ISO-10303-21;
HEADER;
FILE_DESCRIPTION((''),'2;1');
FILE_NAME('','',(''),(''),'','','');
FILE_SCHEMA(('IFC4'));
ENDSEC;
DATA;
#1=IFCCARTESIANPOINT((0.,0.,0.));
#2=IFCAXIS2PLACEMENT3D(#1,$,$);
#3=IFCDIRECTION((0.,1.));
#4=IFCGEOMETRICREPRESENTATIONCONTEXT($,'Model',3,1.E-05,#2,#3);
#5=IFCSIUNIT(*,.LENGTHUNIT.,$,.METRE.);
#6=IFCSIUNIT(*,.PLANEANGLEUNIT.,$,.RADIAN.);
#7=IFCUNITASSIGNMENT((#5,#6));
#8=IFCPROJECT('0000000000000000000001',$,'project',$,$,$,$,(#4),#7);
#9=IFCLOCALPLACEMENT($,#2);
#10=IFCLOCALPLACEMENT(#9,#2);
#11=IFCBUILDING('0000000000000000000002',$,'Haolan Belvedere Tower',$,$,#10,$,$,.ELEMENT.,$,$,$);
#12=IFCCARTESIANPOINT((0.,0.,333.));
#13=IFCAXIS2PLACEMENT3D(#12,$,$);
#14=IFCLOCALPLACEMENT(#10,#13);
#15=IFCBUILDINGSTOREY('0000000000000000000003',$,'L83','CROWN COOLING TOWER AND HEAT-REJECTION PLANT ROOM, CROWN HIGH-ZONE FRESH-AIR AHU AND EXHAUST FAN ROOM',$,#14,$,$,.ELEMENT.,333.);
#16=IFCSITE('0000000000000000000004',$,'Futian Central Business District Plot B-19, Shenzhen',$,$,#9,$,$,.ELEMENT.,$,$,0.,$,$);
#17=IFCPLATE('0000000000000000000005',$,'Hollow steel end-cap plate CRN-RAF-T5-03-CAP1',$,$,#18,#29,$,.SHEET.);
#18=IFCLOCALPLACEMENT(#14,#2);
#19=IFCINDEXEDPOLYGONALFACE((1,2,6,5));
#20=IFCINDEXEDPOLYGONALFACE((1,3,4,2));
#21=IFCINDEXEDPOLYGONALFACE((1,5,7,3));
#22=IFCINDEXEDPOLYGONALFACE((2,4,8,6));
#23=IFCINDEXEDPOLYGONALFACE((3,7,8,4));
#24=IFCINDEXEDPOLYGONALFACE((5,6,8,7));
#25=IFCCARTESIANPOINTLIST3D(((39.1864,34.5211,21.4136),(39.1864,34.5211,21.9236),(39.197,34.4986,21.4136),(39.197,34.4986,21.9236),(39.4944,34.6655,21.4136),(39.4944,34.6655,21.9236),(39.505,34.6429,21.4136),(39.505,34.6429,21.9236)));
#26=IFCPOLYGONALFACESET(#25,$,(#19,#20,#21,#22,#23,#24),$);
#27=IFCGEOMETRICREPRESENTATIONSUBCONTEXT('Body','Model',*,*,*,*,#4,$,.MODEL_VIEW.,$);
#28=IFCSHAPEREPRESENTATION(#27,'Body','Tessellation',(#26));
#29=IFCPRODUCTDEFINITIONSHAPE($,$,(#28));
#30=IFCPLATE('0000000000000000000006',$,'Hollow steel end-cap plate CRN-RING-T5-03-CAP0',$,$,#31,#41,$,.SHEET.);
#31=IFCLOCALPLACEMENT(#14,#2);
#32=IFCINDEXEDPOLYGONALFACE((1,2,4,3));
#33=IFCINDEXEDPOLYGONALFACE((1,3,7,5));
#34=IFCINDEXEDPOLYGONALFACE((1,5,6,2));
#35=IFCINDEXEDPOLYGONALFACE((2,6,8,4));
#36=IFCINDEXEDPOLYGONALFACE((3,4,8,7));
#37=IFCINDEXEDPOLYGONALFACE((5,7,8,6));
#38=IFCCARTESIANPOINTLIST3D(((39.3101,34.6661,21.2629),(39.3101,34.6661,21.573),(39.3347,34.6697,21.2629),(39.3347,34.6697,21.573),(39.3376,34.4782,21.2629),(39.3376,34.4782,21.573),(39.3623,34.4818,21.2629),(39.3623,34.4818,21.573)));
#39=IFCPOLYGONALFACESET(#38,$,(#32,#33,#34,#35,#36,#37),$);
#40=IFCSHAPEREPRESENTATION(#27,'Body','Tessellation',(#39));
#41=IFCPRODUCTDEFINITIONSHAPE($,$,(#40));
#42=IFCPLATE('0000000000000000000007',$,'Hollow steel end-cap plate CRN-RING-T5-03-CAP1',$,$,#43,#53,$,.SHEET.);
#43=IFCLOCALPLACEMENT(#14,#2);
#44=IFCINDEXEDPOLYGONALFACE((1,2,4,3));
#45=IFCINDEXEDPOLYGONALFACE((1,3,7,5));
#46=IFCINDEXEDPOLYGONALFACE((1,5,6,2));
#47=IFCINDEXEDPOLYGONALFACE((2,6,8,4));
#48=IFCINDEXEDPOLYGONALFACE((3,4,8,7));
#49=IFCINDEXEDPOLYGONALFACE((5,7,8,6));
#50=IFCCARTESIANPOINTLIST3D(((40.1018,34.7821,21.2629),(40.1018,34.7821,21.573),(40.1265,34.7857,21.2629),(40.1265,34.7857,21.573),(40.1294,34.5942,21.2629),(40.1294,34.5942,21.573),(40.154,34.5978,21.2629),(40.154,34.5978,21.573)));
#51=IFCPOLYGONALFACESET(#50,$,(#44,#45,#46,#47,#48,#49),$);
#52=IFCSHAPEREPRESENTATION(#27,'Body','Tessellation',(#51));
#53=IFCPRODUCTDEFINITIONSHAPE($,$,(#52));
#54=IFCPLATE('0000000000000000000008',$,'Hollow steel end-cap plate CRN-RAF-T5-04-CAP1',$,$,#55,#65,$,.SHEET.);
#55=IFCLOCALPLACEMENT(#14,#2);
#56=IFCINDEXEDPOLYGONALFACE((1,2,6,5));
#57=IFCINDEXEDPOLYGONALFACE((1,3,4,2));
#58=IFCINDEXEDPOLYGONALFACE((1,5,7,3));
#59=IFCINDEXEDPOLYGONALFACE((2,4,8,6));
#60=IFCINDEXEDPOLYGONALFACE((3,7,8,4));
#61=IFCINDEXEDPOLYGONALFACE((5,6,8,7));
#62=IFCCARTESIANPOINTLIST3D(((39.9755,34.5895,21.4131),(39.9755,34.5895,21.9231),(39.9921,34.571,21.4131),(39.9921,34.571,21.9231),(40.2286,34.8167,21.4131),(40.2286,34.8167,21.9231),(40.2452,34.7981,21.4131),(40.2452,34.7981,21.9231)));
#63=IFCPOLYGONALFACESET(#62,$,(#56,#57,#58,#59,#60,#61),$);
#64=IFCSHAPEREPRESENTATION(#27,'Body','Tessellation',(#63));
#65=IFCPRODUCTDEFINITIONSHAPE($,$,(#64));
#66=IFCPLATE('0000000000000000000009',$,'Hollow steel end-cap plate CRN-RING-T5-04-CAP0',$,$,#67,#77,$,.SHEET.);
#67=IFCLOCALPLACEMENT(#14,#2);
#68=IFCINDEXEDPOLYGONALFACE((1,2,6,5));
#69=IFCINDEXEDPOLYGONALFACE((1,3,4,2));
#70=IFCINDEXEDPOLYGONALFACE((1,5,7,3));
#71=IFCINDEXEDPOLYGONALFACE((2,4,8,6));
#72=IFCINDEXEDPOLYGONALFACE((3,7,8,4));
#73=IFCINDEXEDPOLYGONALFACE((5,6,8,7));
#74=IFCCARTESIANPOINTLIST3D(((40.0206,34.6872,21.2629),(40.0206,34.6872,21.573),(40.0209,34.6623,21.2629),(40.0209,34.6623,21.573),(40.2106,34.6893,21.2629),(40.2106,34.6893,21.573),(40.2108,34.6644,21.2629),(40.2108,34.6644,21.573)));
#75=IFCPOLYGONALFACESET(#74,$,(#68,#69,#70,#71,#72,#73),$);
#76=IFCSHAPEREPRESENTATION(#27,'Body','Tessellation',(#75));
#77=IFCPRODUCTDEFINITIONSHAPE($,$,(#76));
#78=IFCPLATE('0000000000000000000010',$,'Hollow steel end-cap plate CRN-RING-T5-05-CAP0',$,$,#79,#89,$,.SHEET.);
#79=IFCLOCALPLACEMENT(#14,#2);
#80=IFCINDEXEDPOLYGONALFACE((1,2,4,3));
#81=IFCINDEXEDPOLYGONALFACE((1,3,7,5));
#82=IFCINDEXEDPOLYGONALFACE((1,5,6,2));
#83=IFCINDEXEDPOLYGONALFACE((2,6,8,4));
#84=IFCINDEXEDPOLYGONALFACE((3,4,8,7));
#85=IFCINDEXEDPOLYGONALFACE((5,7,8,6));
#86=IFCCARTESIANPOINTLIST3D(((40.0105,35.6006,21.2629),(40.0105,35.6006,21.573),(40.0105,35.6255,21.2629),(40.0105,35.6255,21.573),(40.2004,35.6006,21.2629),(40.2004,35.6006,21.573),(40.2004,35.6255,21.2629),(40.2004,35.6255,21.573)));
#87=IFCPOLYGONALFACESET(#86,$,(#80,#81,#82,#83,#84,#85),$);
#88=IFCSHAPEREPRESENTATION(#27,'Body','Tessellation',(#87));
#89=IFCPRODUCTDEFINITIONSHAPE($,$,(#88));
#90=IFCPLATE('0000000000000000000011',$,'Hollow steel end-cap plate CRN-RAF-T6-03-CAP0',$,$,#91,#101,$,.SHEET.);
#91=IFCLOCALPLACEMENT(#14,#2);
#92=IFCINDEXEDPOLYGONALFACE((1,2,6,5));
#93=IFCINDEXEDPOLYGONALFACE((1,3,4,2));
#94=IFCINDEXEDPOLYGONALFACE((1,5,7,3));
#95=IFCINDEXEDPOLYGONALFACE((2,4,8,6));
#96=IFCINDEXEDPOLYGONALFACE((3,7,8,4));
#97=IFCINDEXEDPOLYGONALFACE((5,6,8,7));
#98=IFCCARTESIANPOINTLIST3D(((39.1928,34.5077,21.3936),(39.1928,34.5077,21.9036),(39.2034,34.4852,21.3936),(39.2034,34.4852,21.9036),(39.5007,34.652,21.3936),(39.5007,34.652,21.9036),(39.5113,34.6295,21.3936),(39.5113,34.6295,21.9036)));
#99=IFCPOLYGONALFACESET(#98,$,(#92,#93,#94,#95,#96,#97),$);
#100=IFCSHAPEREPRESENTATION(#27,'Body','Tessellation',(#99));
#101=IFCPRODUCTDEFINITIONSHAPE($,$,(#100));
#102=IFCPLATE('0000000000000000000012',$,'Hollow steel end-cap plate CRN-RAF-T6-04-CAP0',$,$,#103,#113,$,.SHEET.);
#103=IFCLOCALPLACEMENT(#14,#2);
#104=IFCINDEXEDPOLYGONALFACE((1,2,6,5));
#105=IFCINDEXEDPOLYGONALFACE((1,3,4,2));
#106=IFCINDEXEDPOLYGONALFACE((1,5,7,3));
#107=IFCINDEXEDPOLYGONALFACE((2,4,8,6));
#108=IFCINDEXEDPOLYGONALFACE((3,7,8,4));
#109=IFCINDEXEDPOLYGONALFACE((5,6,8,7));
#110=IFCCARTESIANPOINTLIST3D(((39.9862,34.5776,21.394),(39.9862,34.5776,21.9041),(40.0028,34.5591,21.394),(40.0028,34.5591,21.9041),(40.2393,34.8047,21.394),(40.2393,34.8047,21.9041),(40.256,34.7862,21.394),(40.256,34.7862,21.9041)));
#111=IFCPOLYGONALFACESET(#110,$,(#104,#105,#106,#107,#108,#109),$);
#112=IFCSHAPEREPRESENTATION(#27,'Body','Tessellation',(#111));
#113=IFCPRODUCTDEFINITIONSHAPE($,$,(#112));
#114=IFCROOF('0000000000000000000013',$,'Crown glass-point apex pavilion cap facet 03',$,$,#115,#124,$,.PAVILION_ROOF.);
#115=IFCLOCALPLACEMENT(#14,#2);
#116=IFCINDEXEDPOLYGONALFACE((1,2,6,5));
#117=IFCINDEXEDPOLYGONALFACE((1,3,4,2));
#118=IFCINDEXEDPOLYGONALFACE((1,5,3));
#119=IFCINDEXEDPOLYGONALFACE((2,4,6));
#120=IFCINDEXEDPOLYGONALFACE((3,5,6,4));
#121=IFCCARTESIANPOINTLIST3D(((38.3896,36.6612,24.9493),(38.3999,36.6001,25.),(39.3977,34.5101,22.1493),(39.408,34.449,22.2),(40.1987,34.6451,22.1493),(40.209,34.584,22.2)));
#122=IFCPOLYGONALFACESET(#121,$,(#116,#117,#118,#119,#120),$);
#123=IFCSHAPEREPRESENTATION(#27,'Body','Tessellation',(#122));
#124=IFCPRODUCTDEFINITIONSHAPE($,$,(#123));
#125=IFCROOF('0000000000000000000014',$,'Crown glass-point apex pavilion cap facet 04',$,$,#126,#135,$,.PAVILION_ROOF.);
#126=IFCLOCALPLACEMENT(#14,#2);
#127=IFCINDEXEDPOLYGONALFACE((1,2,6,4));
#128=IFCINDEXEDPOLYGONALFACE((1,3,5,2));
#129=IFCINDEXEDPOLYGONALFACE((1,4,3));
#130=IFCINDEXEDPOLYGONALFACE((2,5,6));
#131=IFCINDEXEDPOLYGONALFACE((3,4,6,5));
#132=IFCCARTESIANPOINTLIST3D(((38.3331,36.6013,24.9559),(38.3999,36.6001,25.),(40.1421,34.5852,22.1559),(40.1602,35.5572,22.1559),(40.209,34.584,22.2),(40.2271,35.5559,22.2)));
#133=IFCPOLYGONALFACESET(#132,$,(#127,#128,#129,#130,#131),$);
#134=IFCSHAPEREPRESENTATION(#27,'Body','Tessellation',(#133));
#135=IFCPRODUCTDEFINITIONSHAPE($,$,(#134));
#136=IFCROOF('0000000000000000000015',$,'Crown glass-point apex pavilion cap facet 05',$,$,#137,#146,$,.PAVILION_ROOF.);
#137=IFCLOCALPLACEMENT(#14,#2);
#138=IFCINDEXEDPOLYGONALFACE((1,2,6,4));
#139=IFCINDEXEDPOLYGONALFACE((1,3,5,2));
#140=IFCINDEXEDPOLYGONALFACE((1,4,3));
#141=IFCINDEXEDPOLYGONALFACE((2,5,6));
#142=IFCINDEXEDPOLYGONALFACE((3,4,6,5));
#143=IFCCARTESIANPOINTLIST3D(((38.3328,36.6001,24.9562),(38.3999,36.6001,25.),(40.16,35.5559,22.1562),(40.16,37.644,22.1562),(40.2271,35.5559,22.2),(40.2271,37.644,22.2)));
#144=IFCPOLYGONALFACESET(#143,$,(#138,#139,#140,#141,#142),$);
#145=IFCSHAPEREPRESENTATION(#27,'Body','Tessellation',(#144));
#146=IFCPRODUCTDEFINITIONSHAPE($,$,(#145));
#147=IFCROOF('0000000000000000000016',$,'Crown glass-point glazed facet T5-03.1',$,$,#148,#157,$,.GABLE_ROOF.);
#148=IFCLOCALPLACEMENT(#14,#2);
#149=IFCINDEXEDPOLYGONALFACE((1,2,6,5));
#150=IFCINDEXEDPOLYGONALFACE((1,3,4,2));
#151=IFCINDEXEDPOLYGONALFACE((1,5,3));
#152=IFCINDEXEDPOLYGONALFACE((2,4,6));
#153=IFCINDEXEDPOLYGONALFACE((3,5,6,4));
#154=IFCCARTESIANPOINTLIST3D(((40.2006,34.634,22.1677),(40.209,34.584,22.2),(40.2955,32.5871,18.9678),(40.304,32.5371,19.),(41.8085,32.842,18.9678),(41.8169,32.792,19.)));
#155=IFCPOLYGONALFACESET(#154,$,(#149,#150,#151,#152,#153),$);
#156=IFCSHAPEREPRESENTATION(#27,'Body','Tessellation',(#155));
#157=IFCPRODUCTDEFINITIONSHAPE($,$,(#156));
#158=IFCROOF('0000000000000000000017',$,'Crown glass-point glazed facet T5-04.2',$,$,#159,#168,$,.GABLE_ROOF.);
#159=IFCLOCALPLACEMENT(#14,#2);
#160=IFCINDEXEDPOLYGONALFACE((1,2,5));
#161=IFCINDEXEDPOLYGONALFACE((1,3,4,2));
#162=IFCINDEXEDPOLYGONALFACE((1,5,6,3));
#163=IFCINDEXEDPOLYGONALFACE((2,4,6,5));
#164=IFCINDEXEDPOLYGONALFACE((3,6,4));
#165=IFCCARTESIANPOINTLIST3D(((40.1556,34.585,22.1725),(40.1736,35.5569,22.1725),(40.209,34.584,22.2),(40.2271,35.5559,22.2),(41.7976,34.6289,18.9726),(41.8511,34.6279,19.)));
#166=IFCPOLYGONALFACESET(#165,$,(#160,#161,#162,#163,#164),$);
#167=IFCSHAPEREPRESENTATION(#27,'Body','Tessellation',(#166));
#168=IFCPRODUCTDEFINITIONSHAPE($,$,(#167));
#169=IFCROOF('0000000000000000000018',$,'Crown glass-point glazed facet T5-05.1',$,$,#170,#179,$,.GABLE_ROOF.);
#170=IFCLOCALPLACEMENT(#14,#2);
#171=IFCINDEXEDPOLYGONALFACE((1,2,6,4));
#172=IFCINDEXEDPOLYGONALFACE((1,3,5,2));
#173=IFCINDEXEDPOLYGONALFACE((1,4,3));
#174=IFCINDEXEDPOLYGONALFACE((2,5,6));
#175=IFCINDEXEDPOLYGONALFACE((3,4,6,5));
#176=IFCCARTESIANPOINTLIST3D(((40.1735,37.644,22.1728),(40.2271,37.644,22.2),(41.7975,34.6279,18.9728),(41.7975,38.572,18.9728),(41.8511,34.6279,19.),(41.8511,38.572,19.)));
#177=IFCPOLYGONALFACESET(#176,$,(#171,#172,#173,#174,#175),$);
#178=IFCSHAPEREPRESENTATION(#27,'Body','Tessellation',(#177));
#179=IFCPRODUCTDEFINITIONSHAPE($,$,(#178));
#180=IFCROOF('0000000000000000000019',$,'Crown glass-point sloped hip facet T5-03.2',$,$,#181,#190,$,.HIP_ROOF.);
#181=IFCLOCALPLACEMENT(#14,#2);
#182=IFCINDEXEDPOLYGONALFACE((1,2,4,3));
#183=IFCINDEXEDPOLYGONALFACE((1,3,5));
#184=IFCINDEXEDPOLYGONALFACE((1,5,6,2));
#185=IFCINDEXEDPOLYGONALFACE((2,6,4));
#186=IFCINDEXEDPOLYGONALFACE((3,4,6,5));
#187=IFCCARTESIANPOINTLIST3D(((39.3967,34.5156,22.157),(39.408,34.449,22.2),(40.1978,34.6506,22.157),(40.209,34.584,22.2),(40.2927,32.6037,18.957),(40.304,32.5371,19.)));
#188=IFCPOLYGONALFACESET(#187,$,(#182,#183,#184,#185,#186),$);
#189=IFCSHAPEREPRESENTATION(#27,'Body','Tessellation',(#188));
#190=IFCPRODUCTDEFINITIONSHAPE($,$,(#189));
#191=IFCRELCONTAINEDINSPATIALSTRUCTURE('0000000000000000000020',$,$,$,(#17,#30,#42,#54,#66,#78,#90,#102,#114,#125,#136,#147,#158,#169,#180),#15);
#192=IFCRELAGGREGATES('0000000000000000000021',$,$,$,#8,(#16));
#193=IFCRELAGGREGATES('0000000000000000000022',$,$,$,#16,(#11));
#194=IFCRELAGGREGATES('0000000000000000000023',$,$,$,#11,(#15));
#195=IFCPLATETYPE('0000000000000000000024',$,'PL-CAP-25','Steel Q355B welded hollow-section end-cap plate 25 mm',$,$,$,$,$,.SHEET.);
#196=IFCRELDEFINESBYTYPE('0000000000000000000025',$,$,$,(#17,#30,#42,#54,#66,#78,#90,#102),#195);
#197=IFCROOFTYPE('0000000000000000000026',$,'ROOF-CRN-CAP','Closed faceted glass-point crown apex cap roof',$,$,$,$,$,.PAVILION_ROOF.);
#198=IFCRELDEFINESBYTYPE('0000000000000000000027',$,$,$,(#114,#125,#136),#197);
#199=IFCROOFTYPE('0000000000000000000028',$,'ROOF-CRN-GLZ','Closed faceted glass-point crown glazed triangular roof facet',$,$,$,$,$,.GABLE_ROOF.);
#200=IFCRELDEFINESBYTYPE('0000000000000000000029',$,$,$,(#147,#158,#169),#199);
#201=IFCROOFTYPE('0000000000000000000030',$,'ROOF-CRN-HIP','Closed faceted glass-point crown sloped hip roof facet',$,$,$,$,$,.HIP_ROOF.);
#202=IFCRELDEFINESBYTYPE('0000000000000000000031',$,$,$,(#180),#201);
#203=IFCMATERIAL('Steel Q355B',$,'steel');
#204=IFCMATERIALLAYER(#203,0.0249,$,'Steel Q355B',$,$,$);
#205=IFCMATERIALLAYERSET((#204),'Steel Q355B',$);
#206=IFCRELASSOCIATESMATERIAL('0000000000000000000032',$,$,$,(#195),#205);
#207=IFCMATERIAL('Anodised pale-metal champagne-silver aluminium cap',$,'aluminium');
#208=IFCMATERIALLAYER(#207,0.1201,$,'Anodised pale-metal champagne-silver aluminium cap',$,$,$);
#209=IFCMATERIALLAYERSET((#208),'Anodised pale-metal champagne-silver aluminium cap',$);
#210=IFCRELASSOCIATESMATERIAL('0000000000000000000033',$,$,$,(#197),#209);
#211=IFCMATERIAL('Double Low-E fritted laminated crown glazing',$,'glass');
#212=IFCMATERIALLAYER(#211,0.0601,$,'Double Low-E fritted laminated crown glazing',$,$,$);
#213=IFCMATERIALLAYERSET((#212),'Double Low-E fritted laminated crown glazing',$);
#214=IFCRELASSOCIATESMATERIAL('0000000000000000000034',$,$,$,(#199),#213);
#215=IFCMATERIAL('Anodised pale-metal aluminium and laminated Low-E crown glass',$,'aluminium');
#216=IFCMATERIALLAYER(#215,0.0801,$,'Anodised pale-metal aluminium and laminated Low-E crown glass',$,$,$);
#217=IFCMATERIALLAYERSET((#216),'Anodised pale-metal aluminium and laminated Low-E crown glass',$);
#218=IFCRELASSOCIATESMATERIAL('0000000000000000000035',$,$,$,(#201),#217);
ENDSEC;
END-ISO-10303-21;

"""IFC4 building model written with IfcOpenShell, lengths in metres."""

from ifc_helpers import new_model, si_unit, direction, frame, origin, origin_2d, place, context, subcontext, project, spatial, polyline, rectangle, outline, extrude, material, layer, layer_set, type_object, element, save


model = new_model("IFC4")

# Units and contexts
model_context = context("Model", 3, precision=1e-05, world=origin(), true_north=direction((0.0, 1.0)))
body_context = subcontext(model_context, "Body", "Model", "MODEL_VIEW")
ifc_project = project(units=[si_unit("LENGTHUNIT", "METRE"), si_unit("PLANEANGLEUNIT", "RADIAN")], contexts=[model_context])

# Site, building, storey
site_placement = place(None, origin())
site = spatial("IfcSite", under=ifc_project, at=site_placement, Name="Futian Central Business District Plot B-19, Shenzhen", CompositionType="ELEMENT", RefElevation=0.0)
building_placement = place(site_placement, origin())
building = spatial("IfcBuilding", under=site, at=building_placement, Name="Haolan Belvedere Tower", CompositionType="ELEMENT")
storey_placement = place(building_placement, frame((0.0, 0.0, 333.0)))
storey = spatial("IfcBuildingStorey", under=building, at=storey_placement, Name="L83", Description="CROWN COOLING TOWER AND HEAT-REJECTION PLANT ROOM, CROWN HIGH-ZONE FRESH-AIR AHU AND EXHAUST FAN ROOM", CompositionType="ELEMENT", Elevation=333.0)

# Shared definitions
ifc_material_1 = material(Name="Steel Q355B", Category="steel")

# Plates
ifc_layer_1 = layer(ifc_material_1, 0.0249, Name="Steel Q355B")
ifc_layer_set_1 = layer_set([ifc_layer_1], Name="Steel Q355B")
plate_type = type_object("IfcPlateType", Name="PL-CAP-25", Description="Steel Q355B welded hollow-section end-cap plate 25 mm", PredefinedType="SHEET", material=ifc_layer_set_1)
plate_1_placement = place(storey_placement, frame((39.3457, 34.582, 21.4136), z_axis=(0.0, 0.0, 1.0), x_axis=(-0.905502, -0.424342, 0.0)))
element("IfcPlate", 1, at=plate_1_placement, inside=storey, type_object=plate_type, Name="Hollow steel end-cap plate CRN-RAF-T5-03-CAP1", PredefinedType="SHEET", context=body_context, shape_type="SweptSolid", body=[
    extrude(rectangle(XDim=0.3401, YDim=0.0249, at=origin_2d()), origin(), (0.0, 0.0, 1.0), 0.51),
])
for number, where, z_axis, x_axis, name in (
    (2, (39.3362, 34.574, 21.2629), (0.0, 0.0, 1.0), (0.145012, -0.98943, 0.0), "Hollow steel end-cap plate CRN-RING-T5-03-CAP0"),
    (3, (40.1279, 34.6899, 21.2629), (0.0, 0.0, 1.0), (-0.145012, 0.98943, 0.0), "Hollow steel end-cap plate CRN-RING-T5-03-CAP1"),
):
    element("IfcPlate", number, at=place(storey_placement, frame(where, z_axis=z_axis, x_axis=x_axis)), inside=storey, type_object=plate_type, Name=name, PredefinedType="SHEET", context=body_context, shape_type="SweptSolid", body=[
        extrude(rectangle(XDim=0.1899, YDim=0.0249, at=origin_2d()), origin(), (0.0, 0.0, 1.0), 0.3101),
    ])
plate_2_placement = place(storey_placement, frame((40.1104, 34.6938, 21.4131), z_axis=(0.0, 0.0, 1.0), x_axis=(-0.744288, -0.667859, 0.0)))
element("IfcPlate", 4, at=plate_2_placement, inside=storey, type_object=plate_type, Name="Hollow steel end-cap plate CRN-RAF-T5-04-CAP1", PredefinedType="SHEET", context=body_context, shape_type="SweptSolid", body=[
    extrude(rectangle(XDim=0.3401, YDim=0.0249, at=origin_2d()), origin(), (0.0, 0.0, 1.0), 0.51),
])
for number, where, z_axis, x_axis, name in (
    (5, (40.1157, 34.6758, 21.2629), (0.0, 0.0, 1.0), (0.999942, 0.010768, 0.0), "Hollow steel end-cap plate CRN-RING-T5-04-CAP0"),
    (6, (40.1055, 35.613, 21.2629), (0.0, 0.0, 1.0), (1.0, 0.0, 0.0), "Hollow steel end-cap plate CRN-RING-T5-05-CAP0"),
):
    element("IfcPlate", number, at=place(storey_placement, frame(where, z_axis=z_axis, x_axis=x_axis)), inside=storey, type_object=plate_type, Name=name, PredefinedType="SHEET", context=body_context, shape_type="SweptSolid", body=[
        extrude(rectangle(XDim=0.1899, YDim=0.0249, at=origin_2d()), origin(), (0.0, 0.0, 1.0), 0.3101),
    ])
for number, where, z_axis, x_axis, name in (
    (7, (39.3521, 34.5686, 21.3936), (0.0, 0.0, 1.0), (0.905487, 0.424373, 0.0), "Hollow steel end-cap plate CRN-RAF-T6-03-CAP0"),
    (8, (40.1211, 34.6819, 21.394), (0.0, 0.0, 1.0), (0.744288, 0.667859, 0.0), "Hollow steel end-cap plate CRN-RAF-T6-04-CAP0"),
):
    element("IfcPlate", number, at=place(storey_placement, frame(where, z_axis=z_axis, x_axis=x_axis)), inside=storey, type_object=plate_type, Name=name, PredefinedType="SHEET", context=body_context, shape_type="SweptSolid", body=[
        extrude(rectangle(XDim=0.3401, YDim=0.0249, at=origin_2d()), origin(), (0.0, 0.0, 1.0), 0.51),
    ])

# Roofs
ifc_material_2 = material(Name="Anodised pale-metal champagne-silver aluminium cap", Category="aluminium")
ifc_layer_2 = layer(ifc_material_2, 0.1201, Name="Anodised pale-metal champagne-silver aluminium cap")
ifc_layer_set_2 = layer_set([ifc_layer_2], Name="Anodised pale-metal champagne-silver aluminium cap")
roof_type_1 = type_object("IfcRoofType", Name="ROOF-CRN-CAP", Description="Closed faceted glass-point crown apex cap roof", PredefinedType="PAVILION_ROOF", material=ifc_layer_set_2)
roof_1_placement = place(storey_placement, frame((39.408, 34.449, 22.2), z_axis=(0.128683, -0.763487, 0.632873), x_axis=(0.986092, 0.166202, 0.0)))
element("IfcRoof", 9, at=roof_1_placement, inside=storey, type_object=roof_type_1, Name="Crown glass-point apex pavilion cap facet 03", PredefinedType="PAVILION_ROOF", context=body_context, shape_type="SweptSolid", body=[
    extrude(outline(polyline([(0.0, 0.0), (0.8123, 0.0), (-0.6365, 3.6164), (0.0, 0.0)])), origin(), (0.0, 0.0, -1.0), 0.0801),
])
roof_2_placement = place(storey_placement, frame((40.209, 34.584, 22.2), z_axis=(0.834711, -0.015516, 0.55047), x_axis=(0.018585, 0.999827, 0.0)))
element("IfcRoof", 10, at=roof_2_placement, inside=storey, type_object=roof_type_1, Name="Crown glass-point apex pavilion cap facet 04", PredefinedType="PAVILION_ROOF", context=body_context, shape_type="SweptSolid", body=[
    extrude(outline(polyline([(0.0, 0.0), (0.9721, 0.0), (1.9821, 3.3539), (0.0, 0.0)])), origin(), (0.0, 0.0, -1.0), 0.0801),
])
roof_3_placement = place(storey_placement, frame((40.2271, 35.5559, 22.2), z_axis=(0.83747, 0.0, 0.546484), x_axis=(0.0, 1.0, 0.0)))
element("IfcRoof", 11, at=roof_3_placement, inside=storey, type_object=roof_type_1, Name="Crown glass-point apex pavilion cap facet 05", PredefinedType="PAVILION_ROOF", context=body_context, shape_type="SweptSolid", body=[
    extrude(outline(polyline([(0.0, 0.0), (2.0881, 0.0), (1.0442, 3.3435), (0.0, 0.0)])), origin(), (0.0, 0.0, -1.0), 0.0801),
])
ifc_material_3 = material(Name="Double Low-E fritted laminated crown glazing", Category="glass")
ifc_layer_3 = layer(ifc_material_3, 0.0601, Name="Double Low-E fritted laminated crown glazing")
ifc_layer_set_3 = layer_set([ifc_layer_3], Name="Double Low-E fritted laminated crown glazing")
roof_type_2 = type_object("IfcRoofType", Name="ROOF-CRN-GLZ", Description="Closed faceted glass-point crown glazed triangular roof facet", PredefinedType="GABLE_ROOF", material=ifc_layer_set_3)
roof_4_placement = place(storey_placement, frame((40.304, 32.5371, 19.0), z_axis=(0.140198, -0.832188, 0.536477), x_axis=(0.986104, 0.166128, 0.0)))
element("IfcRoof", 12, at=roof_4_placement, inside=storey, type_object=roof_type_2, Name="Crown glass-point glazed facet T5-03.1", PredefinedType="GABLE_ROOF", context=body_context, shape_type="SweptSolid", body=[
    extrude(outline(polyline([(0.0, 0.0), (1.5343, 0.0), (0.2464, 3.7918), (0.0, 0.0)])), origin(), (0.0, 0.0, -1.0), 0.0601),
])
roof_5_placement = place(storey_placement, frame((41.8511, 34.6279, 19.0), z_axis=(0.889665, -0.016537, 0.456314), x_axis=(-0.438153, 0.250364, 0.863331)))
element("IfcRoof", 13, at=roof_5_placement, inside=storey, type_object=roof_type_2, Name="Crown glass-point glazed facet T5-04.2", PredefinedType="GABLE_ROOF", context=body_context, shape_type="SweptSolid", body=[
    extrude(outline(polyline([(0.0, 0.0), (3.7065, 0.0), (3.4711, 0.9432), (0.0, 0.0)])), origin(), (0.0, 0.0, -1.0), 0.0601),
])
roof_6_placement = place(storey_placement, frame((41.8511, 34.6279, 19.0), z_axis=(0.891731, 0.0, 0.452567), x_axis=(0.0, 1.0, 0.0)))
element("IfcRoof", 14, at=roof_6_placement, inside=storey, type_object=roof_type_2, Name="Crown glass-point glazed facet T5-05.1", PredefinedType="GABLE_ROOF", context=body_context, shape_type="SweptSolid", body=[
    extrude(outline(polyline([(0.0, 0.0), (3.9441, 0.0), (3.0161, 3.5885), (0.0, 0.0)])), origin(), (0.0, 0.0, -1.0), 0.0601),
])
ifc_material_4 = material(Name="Anodised pale-metal aluminium and laminated Low-E crown glass", Category="aluminium")
ifc_layer_4 = layer(ifc_material_4, 0.0801, Name="Anodised pale-metal aluminium and laminated Low-E crown glass")
ifc_layer_set_4 = layer_set([ifc_layer_4], Name="Anodised pale-metal aluminium and laminated Low-E crown glass")
roof_type_3 = type_object("IfcRoofType", Name="ROOF-CRN-HIP", Description="Closed faceted glass-point crown sloped hip roof facet", PredefinedType="HIP_ROOF", material=ifc_layer_set_4)
roof_7_placement = place(storey_placement, frame((40.304, 32.5371, 19.0), z_axis=(0.140261, -0.83218, 0.536473), x_axis=(-0.024994, 0.538681, 0.842139)))
element("IfcRoof", 15, at=roof_7_placement, inside=storey, type_object=roof_type_3, Name="Crown glass-point sloped hip facet T5-03.2", PredefinedType="HIP_ROOF", context=body_context, shape_type="SweptSolid", body=[
    extrude(outline(polyline([(0.0, 0.0), (3.7998, 0.0), (3.7471, 0.8106), (0.0, 0.0)])), origin(), (0.0, 0.0, -1.0), 0.0801),
])

save(model, "model.ifc")
